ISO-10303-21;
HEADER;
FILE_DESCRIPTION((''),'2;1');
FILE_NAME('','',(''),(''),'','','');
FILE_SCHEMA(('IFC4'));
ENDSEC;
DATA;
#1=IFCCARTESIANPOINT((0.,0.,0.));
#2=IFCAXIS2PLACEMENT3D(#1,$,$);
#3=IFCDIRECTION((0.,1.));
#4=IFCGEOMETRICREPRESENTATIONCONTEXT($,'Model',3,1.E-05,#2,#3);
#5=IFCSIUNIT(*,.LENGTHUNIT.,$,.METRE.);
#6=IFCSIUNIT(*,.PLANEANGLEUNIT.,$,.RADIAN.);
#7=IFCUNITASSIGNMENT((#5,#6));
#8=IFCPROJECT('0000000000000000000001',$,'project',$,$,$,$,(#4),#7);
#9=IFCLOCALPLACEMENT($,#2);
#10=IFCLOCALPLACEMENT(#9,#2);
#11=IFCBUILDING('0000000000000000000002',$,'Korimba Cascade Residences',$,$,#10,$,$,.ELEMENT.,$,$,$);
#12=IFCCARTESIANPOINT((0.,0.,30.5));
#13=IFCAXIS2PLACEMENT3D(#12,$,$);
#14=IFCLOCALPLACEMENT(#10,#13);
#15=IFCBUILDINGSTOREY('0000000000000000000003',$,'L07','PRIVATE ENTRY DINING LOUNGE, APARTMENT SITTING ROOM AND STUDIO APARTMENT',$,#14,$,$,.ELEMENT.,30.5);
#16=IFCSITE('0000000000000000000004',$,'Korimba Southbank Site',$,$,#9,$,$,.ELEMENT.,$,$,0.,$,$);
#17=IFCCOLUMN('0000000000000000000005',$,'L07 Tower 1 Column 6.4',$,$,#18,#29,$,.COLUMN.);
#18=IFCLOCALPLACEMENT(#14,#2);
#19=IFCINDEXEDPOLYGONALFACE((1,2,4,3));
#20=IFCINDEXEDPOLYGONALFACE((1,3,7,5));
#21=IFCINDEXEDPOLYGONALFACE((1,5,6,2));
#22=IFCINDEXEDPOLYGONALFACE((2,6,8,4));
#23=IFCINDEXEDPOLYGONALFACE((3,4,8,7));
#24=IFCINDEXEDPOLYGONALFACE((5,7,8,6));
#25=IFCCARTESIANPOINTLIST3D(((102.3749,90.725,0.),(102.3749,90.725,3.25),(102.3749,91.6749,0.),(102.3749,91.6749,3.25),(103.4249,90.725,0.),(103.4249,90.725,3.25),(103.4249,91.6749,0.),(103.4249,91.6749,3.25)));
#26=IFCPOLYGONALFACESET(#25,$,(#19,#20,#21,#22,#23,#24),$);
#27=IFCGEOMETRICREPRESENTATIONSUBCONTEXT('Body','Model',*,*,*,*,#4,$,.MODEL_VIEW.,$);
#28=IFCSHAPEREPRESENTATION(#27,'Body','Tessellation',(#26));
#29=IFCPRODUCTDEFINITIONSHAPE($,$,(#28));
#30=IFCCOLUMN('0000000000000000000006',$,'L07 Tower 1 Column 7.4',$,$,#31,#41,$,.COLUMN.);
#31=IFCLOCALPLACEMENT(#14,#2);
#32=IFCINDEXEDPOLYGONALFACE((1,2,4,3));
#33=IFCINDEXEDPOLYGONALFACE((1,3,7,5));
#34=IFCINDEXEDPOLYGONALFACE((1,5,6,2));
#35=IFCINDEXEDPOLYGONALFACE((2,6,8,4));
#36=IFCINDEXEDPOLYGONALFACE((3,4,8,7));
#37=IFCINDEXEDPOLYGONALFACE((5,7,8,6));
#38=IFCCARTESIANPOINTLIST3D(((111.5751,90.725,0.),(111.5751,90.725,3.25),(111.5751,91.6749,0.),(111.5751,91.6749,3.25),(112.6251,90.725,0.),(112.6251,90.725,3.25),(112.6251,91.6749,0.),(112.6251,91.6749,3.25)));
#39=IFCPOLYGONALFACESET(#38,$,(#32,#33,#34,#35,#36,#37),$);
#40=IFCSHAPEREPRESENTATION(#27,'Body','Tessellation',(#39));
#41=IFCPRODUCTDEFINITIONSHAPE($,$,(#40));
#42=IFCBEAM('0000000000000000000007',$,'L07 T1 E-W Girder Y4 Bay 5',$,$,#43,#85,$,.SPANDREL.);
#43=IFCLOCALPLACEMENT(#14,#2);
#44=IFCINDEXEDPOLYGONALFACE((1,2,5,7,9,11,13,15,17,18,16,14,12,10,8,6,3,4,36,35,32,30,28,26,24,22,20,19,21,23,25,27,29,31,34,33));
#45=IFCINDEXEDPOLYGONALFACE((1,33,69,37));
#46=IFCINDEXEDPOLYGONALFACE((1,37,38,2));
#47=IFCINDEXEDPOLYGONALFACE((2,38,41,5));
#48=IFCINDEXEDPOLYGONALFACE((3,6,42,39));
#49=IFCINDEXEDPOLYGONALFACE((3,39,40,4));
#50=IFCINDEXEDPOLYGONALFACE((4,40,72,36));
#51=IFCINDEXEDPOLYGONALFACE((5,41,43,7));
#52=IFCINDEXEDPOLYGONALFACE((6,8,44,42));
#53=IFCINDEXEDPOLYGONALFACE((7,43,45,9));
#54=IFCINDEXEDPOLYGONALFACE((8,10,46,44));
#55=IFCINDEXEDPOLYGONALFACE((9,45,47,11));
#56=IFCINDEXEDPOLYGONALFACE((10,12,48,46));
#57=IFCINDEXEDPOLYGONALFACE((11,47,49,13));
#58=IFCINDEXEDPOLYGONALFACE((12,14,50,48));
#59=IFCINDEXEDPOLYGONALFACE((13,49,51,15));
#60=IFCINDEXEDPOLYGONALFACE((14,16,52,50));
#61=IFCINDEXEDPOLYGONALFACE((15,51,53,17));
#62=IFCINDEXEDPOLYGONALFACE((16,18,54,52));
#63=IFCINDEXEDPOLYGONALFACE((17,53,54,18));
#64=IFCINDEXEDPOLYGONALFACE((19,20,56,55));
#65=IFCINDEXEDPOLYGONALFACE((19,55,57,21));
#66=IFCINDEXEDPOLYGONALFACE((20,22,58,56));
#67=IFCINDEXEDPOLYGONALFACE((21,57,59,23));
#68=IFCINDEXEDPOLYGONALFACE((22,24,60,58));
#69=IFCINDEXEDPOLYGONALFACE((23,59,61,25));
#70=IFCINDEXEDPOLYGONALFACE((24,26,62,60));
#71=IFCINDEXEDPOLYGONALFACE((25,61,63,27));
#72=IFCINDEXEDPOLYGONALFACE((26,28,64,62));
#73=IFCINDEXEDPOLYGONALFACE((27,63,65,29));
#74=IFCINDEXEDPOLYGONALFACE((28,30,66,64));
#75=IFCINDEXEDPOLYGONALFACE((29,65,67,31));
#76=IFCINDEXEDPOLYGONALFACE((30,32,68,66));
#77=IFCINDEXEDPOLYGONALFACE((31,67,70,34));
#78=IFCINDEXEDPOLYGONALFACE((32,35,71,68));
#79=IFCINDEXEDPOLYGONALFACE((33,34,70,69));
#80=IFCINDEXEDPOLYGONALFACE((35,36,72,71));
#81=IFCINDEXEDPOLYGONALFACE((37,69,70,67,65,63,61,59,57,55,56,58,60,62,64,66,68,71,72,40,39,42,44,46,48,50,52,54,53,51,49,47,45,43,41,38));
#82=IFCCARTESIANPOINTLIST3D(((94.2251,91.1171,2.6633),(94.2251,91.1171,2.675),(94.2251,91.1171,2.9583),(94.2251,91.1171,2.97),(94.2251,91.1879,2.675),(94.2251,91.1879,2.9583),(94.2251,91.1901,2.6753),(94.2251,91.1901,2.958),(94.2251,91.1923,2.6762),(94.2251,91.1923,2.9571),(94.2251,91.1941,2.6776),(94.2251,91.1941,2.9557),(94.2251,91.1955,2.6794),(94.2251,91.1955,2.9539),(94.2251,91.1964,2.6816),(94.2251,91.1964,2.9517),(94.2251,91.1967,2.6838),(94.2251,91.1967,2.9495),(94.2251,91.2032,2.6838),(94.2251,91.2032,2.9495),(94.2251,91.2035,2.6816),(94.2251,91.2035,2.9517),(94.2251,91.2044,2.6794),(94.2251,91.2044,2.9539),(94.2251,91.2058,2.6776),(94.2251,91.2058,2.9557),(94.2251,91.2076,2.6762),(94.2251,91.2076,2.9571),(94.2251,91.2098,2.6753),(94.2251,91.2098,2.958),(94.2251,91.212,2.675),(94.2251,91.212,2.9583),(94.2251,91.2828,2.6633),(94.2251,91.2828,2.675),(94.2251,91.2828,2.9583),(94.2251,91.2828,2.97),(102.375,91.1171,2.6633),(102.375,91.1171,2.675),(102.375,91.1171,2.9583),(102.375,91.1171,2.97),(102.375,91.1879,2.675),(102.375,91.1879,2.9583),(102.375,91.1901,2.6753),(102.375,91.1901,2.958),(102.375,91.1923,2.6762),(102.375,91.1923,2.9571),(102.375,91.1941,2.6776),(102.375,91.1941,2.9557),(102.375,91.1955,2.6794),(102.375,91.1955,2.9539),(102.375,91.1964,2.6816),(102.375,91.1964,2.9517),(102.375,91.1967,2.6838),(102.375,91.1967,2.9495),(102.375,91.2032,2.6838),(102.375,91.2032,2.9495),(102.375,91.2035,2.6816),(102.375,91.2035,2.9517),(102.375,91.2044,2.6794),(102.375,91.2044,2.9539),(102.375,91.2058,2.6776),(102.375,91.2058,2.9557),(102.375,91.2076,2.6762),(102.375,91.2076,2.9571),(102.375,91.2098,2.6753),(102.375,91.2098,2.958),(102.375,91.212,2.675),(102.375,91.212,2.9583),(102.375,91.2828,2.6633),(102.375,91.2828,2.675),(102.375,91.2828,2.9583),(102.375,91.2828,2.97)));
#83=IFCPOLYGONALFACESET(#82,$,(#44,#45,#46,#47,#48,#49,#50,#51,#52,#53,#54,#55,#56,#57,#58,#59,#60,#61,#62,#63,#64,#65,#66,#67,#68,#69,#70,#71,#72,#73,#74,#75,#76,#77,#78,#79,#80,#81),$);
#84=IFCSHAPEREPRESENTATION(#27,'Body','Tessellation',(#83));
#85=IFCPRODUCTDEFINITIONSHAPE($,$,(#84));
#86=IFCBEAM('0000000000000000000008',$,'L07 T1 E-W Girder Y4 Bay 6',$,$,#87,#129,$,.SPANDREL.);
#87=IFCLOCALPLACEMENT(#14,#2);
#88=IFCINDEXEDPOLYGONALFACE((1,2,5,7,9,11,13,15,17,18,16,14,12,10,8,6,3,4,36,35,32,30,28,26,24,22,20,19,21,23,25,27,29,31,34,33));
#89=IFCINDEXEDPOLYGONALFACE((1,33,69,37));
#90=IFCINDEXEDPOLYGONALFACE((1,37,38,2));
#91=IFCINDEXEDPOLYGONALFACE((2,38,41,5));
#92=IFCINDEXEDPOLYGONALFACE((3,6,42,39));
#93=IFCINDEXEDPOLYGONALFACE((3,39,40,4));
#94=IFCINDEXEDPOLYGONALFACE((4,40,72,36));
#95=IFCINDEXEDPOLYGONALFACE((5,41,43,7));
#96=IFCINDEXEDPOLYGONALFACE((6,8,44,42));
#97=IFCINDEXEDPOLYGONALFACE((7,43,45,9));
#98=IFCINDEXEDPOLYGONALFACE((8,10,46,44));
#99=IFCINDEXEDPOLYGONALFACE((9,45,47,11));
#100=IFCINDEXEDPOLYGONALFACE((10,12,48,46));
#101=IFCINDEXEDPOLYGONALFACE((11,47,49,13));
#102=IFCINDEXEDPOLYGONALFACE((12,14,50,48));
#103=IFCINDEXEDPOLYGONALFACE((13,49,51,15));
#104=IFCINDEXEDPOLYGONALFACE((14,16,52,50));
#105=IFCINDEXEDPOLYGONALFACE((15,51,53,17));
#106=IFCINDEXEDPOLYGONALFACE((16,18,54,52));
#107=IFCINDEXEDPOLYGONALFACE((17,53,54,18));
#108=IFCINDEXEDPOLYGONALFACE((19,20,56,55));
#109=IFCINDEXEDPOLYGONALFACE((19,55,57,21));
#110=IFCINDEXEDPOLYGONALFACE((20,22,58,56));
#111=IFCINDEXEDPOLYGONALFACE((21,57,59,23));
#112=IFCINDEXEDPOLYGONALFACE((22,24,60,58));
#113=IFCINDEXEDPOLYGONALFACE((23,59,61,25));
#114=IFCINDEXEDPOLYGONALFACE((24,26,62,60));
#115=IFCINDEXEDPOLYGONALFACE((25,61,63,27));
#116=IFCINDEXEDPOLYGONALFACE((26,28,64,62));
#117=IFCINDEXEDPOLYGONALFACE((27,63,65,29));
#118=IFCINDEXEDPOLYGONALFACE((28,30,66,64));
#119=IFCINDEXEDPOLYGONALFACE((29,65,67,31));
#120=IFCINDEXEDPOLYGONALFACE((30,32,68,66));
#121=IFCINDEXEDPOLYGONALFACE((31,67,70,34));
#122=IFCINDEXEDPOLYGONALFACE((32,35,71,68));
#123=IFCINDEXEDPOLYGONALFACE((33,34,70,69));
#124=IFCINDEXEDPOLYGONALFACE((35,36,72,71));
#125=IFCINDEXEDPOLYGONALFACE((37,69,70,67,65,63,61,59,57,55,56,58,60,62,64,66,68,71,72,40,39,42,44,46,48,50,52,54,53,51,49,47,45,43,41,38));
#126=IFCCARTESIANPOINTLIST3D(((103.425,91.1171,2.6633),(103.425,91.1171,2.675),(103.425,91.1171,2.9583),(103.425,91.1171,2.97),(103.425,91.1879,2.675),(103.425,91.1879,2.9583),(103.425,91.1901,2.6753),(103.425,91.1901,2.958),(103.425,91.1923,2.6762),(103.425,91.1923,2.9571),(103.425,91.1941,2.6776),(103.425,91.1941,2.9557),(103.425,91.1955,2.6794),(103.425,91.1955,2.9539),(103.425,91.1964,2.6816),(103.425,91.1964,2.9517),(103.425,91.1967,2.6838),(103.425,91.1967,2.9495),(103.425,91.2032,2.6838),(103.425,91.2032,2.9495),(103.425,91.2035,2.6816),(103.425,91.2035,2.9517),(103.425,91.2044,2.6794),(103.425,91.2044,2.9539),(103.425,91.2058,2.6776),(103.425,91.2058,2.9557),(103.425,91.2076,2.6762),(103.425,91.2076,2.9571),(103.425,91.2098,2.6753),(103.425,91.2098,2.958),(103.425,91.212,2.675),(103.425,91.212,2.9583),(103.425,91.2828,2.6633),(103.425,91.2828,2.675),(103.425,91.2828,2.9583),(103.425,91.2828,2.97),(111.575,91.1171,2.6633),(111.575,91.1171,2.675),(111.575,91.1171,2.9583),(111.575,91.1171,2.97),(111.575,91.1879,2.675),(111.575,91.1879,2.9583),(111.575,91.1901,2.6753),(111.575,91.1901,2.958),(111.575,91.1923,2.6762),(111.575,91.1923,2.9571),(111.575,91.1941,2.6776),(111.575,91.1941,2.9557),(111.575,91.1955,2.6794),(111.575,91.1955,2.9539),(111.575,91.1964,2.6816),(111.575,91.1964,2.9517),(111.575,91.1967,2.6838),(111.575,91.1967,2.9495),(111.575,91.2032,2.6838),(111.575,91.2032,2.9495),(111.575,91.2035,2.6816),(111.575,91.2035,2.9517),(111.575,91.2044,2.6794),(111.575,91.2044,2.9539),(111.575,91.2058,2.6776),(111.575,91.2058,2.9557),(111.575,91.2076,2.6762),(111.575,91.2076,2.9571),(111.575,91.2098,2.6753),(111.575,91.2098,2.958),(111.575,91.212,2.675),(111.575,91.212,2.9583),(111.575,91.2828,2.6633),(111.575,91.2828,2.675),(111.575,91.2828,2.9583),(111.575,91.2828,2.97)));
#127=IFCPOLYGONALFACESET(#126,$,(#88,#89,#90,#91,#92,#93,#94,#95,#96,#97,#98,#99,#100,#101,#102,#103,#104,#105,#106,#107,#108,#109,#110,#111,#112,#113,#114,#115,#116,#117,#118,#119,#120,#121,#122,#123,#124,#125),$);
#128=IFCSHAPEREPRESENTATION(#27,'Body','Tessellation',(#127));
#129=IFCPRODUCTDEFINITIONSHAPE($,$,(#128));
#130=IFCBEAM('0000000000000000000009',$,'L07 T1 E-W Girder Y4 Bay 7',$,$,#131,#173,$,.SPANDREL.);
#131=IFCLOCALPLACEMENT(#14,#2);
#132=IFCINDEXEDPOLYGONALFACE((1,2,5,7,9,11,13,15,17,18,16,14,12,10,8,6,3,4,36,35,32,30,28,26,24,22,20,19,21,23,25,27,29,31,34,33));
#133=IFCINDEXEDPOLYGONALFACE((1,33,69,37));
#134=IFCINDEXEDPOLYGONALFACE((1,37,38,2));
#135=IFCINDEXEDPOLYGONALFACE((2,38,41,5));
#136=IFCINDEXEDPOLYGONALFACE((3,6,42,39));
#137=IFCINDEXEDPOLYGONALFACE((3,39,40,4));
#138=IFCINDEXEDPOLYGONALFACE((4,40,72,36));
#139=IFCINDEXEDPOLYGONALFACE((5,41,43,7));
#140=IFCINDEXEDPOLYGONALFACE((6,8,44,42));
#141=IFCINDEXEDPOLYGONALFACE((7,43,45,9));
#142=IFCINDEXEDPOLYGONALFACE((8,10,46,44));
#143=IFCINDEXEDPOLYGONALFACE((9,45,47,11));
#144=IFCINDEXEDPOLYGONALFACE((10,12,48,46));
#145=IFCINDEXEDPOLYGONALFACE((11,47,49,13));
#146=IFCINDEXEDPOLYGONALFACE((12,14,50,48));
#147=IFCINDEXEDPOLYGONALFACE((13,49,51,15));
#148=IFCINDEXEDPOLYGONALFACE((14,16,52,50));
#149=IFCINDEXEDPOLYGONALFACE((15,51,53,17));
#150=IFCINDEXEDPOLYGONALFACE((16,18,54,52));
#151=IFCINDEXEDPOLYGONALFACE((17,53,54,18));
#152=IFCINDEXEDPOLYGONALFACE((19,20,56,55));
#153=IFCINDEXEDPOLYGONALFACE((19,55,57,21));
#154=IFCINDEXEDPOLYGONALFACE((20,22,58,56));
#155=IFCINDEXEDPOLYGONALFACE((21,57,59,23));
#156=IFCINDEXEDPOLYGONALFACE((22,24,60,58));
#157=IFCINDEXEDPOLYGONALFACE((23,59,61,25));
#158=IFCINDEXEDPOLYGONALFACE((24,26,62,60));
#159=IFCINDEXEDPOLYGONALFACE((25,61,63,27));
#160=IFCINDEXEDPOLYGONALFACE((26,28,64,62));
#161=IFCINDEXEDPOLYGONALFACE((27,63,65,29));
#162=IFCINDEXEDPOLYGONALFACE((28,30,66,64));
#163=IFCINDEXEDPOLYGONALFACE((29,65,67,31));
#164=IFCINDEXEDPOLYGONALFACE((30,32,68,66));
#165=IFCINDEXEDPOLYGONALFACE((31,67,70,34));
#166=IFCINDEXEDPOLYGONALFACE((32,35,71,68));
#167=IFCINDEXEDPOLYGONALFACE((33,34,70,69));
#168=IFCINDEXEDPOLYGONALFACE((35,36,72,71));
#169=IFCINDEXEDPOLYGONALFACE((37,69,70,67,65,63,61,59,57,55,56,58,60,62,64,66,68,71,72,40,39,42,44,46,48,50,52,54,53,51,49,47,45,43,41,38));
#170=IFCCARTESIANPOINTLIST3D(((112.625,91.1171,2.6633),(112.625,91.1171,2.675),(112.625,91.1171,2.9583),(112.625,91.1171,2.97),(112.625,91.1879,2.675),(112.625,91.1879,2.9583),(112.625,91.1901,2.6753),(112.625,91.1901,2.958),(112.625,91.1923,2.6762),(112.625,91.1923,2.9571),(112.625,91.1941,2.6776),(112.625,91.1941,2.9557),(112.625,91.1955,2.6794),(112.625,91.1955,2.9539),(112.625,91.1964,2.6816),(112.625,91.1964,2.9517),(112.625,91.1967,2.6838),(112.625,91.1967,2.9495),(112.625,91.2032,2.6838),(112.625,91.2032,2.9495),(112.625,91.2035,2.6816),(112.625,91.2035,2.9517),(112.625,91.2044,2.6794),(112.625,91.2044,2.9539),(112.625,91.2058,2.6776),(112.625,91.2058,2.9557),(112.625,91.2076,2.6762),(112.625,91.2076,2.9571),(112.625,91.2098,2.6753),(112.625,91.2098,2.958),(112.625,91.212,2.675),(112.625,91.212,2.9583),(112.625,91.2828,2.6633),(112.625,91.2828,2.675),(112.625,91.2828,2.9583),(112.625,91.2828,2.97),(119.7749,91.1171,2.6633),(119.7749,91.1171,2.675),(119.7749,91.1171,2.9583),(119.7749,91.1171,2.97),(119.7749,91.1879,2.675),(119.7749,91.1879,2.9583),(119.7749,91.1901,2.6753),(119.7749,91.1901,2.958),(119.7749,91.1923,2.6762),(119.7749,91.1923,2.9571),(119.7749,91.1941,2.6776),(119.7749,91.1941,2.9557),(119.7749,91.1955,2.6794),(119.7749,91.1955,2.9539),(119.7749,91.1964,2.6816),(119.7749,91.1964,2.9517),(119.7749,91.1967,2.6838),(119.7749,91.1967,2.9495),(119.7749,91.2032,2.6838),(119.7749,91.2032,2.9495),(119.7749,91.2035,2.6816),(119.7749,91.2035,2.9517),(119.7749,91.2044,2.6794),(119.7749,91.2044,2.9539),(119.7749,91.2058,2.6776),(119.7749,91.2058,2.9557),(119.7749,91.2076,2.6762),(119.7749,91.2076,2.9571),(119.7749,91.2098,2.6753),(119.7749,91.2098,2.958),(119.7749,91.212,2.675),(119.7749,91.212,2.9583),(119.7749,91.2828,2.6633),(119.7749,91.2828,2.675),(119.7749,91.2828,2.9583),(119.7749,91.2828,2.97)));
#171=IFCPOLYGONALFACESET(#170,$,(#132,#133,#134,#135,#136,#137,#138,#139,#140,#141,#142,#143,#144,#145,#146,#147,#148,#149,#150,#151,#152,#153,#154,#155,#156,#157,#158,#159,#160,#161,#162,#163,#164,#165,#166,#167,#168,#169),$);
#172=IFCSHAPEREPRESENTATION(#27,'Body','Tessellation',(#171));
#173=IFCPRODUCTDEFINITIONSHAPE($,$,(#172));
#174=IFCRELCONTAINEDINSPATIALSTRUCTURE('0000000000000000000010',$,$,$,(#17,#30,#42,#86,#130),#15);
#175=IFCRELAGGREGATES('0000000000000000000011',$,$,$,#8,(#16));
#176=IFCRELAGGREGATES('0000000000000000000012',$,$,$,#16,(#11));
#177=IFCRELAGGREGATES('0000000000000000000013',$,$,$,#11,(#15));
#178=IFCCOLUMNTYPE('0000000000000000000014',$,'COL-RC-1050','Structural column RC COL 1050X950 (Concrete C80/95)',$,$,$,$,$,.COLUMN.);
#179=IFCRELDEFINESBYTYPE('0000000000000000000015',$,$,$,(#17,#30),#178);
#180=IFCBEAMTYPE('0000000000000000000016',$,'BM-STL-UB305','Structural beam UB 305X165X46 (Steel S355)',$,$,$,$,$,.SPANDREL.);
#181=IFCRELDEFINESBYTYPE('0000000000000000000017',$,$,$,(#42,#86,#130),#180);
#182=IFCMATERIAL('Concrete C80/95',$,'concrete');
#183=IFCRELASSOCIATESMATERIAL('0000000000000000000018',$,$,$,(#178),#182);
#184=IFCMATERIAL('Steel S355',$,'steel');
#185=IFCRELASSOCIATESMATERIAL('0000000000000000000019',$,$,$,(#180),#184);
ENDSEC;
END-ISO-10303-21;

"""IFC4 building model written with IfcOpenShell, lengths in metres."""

from ifc_helpers import new_model, si_unit, direction, frame, origin, origin_2d, place, context, subcontext, project, spatial, rectangle, i_section, extrude, material, material_profile, profile_set, type_object, element, save


model = new_model("IFC4")

# Units and contexts
model_context = context("Model", 3, precision=1e-05, world=origin(), true_north=direction((0.0, 1.0)))
body_context = subcontext(model_context, "Body", "Model", "MODEL_VIEW")
ifc_project = project(units=[si_unit("LENGTHUNIT", "METRE"), si_unit("PLANEANGLEUNIT", "RADIAN")], contexts=[model_context])

# Site, building, storey
site_placement = place(None, origin())
site = spatial("IfcSite", under=ifc_project, at=site_placement, Name="Korimba Southbank Site", CompositionType="ELEMENT", RefElevation=0.0)
building_placement = place(site_placement, origin())
building = spatial("IfcBuilding", under=site, at=building_placement, Name="Korimba Cascade Residences", CompositionType="ELEMENT")
storey_placement = place(building_placement, frame((0.0, 0.0, 30.5)))
storey = spatial("IfcBuildingStorey", under=building, at=storey_placement, Name="L07", Description="PRIVATE ENTRY DINING LOUNGE, APARTMENT SITTING ROOM AND STUDIO APARTMENT", CompositionType="ELEMENT", Elevation=30.5)

# Columns
ifc_material_1 = material(Name="Concrete C80/95", Category="concrete")
ifc_material_profile_1 = material_profile(ifc_material_1, rectangle(XDim=1.05, YDim=0.95, at=origin_2d()), Name="Concrete C80/95")
ifc_profile_set_1 = profile_set([ifc_material_profile_1], Name="Concrete C80/95")
column_type = type_object("IfcColumnType", Name="COL-RC-1050", Description="Structural column RC COL 1050X950 (Concrete C80/95)", PredefinedType="COLUMN", material=ifc_profile_set_1)
for number, where, z_axis, x_axis, name in (
    (1, (102.8999, 91.2, 0.0), (0.0, 0.0, 1.0), (1.0, 0.0, 0.0), "L07 Tower 1 Column 6.4"),
    (2, (112.1001, 91.2, 0.0), (0.0, 0.0, 1.0), (1.0, 0.0, 0.0), "L07 Tower 1 Column 7.4"),
):
    element("IfcColumn", number, at=place(storey_placement, frame(where, z_axis=z_axis, x_axis=x_axis)), inside=storey, type_object=column_type, Name=name, PredefinedType="COLUMN", context=body_context, shape_type="SweptSolid", body=[
        extrude(rectangle(XDim=1.05, YDim=0.95, at=origin_2d()), origin(), (0.0, 0.0, 1.0), 3.25),
    ])

# Beams
ifc_material_2 = material(Name="Steel S355", Category="steel")
ifc_material_profile_2 = material_profile(ifc_material_2, i_section(OverallWidth=0.1658, OverallDepth=0.3066, WebThickness=0.0066, FlangeThickness=0.0117, FilletRadius=0.0088, at=origin_2d()), Name="Steel S355")
ifc_profile_set_2 = profile_set([ifc_material_profile_2], Name="Steel S355")
beam_type = type_object("IfcBeamType", Name="BM-STL-UB305", Description="Structural beam UB 305X165X46 (Steel S355)", PredefinedType="SPANDREL", material=ifc_profile_set_2)
for number, where, z_axis, x_axis, name in (
    (3, (94.2251, 91.2, 2.8167), (1.0, 0.0, 0.0), (0.0, 1.0, 0.0), "L07 T1 E-W Girder Y4 Bay 5"),
    (4, (103.425, 91.2, 2.8167), (1.0, 0.0, 0.0), (0.0, 1.0, 0.0), "L07 T1 E-W Girder Y4 Bay 6"),
):
    element("IfcBeam", number, at=place(storey_placement, frame(where, z_axis=z_axis, x_axis=x_axis)), inside=storey, type_object=beam_type, Name=name, PredefinedType="SPANDREL", context=body_context, shape_type="SweptSolid", body=[
        extrude(i_section(OverallWidth=0.1658, OverallDepth=0.3066, WebThickness=0.0066, FlangeThickness=0.0117, FilletRadius=0.0088, at=origin_2d()), origin(), (0.0, 0.0, 1.0), 8.1499),
    ])
beam_placement = place(storey_placement, frame((112.625, 91.2, 2.8167), z_axis=(1.0, 0.0, 0.0), x_axis=(0.0, 1.0, 0.0)))
element("IfcBeam", 5, at=beam_placement, inside=storey, type_object=beam_type, Name="L07 T1 E-W Girder Y4 Bay 7", PredefinedType="SPANDREL", context=body_context, shape_type="SweptSolid", body=[
    extrude(i_section(OverallWidth=0.1658, OverallDepth=0.3066, WebThickness=0.0066, FlangeThickness=0.0117, FilletRadius=0.0088, at=origin_2d()), origin(), (0.0, 0.0, 1.0), 7.1499),
])

save(model, "model.ifc")
